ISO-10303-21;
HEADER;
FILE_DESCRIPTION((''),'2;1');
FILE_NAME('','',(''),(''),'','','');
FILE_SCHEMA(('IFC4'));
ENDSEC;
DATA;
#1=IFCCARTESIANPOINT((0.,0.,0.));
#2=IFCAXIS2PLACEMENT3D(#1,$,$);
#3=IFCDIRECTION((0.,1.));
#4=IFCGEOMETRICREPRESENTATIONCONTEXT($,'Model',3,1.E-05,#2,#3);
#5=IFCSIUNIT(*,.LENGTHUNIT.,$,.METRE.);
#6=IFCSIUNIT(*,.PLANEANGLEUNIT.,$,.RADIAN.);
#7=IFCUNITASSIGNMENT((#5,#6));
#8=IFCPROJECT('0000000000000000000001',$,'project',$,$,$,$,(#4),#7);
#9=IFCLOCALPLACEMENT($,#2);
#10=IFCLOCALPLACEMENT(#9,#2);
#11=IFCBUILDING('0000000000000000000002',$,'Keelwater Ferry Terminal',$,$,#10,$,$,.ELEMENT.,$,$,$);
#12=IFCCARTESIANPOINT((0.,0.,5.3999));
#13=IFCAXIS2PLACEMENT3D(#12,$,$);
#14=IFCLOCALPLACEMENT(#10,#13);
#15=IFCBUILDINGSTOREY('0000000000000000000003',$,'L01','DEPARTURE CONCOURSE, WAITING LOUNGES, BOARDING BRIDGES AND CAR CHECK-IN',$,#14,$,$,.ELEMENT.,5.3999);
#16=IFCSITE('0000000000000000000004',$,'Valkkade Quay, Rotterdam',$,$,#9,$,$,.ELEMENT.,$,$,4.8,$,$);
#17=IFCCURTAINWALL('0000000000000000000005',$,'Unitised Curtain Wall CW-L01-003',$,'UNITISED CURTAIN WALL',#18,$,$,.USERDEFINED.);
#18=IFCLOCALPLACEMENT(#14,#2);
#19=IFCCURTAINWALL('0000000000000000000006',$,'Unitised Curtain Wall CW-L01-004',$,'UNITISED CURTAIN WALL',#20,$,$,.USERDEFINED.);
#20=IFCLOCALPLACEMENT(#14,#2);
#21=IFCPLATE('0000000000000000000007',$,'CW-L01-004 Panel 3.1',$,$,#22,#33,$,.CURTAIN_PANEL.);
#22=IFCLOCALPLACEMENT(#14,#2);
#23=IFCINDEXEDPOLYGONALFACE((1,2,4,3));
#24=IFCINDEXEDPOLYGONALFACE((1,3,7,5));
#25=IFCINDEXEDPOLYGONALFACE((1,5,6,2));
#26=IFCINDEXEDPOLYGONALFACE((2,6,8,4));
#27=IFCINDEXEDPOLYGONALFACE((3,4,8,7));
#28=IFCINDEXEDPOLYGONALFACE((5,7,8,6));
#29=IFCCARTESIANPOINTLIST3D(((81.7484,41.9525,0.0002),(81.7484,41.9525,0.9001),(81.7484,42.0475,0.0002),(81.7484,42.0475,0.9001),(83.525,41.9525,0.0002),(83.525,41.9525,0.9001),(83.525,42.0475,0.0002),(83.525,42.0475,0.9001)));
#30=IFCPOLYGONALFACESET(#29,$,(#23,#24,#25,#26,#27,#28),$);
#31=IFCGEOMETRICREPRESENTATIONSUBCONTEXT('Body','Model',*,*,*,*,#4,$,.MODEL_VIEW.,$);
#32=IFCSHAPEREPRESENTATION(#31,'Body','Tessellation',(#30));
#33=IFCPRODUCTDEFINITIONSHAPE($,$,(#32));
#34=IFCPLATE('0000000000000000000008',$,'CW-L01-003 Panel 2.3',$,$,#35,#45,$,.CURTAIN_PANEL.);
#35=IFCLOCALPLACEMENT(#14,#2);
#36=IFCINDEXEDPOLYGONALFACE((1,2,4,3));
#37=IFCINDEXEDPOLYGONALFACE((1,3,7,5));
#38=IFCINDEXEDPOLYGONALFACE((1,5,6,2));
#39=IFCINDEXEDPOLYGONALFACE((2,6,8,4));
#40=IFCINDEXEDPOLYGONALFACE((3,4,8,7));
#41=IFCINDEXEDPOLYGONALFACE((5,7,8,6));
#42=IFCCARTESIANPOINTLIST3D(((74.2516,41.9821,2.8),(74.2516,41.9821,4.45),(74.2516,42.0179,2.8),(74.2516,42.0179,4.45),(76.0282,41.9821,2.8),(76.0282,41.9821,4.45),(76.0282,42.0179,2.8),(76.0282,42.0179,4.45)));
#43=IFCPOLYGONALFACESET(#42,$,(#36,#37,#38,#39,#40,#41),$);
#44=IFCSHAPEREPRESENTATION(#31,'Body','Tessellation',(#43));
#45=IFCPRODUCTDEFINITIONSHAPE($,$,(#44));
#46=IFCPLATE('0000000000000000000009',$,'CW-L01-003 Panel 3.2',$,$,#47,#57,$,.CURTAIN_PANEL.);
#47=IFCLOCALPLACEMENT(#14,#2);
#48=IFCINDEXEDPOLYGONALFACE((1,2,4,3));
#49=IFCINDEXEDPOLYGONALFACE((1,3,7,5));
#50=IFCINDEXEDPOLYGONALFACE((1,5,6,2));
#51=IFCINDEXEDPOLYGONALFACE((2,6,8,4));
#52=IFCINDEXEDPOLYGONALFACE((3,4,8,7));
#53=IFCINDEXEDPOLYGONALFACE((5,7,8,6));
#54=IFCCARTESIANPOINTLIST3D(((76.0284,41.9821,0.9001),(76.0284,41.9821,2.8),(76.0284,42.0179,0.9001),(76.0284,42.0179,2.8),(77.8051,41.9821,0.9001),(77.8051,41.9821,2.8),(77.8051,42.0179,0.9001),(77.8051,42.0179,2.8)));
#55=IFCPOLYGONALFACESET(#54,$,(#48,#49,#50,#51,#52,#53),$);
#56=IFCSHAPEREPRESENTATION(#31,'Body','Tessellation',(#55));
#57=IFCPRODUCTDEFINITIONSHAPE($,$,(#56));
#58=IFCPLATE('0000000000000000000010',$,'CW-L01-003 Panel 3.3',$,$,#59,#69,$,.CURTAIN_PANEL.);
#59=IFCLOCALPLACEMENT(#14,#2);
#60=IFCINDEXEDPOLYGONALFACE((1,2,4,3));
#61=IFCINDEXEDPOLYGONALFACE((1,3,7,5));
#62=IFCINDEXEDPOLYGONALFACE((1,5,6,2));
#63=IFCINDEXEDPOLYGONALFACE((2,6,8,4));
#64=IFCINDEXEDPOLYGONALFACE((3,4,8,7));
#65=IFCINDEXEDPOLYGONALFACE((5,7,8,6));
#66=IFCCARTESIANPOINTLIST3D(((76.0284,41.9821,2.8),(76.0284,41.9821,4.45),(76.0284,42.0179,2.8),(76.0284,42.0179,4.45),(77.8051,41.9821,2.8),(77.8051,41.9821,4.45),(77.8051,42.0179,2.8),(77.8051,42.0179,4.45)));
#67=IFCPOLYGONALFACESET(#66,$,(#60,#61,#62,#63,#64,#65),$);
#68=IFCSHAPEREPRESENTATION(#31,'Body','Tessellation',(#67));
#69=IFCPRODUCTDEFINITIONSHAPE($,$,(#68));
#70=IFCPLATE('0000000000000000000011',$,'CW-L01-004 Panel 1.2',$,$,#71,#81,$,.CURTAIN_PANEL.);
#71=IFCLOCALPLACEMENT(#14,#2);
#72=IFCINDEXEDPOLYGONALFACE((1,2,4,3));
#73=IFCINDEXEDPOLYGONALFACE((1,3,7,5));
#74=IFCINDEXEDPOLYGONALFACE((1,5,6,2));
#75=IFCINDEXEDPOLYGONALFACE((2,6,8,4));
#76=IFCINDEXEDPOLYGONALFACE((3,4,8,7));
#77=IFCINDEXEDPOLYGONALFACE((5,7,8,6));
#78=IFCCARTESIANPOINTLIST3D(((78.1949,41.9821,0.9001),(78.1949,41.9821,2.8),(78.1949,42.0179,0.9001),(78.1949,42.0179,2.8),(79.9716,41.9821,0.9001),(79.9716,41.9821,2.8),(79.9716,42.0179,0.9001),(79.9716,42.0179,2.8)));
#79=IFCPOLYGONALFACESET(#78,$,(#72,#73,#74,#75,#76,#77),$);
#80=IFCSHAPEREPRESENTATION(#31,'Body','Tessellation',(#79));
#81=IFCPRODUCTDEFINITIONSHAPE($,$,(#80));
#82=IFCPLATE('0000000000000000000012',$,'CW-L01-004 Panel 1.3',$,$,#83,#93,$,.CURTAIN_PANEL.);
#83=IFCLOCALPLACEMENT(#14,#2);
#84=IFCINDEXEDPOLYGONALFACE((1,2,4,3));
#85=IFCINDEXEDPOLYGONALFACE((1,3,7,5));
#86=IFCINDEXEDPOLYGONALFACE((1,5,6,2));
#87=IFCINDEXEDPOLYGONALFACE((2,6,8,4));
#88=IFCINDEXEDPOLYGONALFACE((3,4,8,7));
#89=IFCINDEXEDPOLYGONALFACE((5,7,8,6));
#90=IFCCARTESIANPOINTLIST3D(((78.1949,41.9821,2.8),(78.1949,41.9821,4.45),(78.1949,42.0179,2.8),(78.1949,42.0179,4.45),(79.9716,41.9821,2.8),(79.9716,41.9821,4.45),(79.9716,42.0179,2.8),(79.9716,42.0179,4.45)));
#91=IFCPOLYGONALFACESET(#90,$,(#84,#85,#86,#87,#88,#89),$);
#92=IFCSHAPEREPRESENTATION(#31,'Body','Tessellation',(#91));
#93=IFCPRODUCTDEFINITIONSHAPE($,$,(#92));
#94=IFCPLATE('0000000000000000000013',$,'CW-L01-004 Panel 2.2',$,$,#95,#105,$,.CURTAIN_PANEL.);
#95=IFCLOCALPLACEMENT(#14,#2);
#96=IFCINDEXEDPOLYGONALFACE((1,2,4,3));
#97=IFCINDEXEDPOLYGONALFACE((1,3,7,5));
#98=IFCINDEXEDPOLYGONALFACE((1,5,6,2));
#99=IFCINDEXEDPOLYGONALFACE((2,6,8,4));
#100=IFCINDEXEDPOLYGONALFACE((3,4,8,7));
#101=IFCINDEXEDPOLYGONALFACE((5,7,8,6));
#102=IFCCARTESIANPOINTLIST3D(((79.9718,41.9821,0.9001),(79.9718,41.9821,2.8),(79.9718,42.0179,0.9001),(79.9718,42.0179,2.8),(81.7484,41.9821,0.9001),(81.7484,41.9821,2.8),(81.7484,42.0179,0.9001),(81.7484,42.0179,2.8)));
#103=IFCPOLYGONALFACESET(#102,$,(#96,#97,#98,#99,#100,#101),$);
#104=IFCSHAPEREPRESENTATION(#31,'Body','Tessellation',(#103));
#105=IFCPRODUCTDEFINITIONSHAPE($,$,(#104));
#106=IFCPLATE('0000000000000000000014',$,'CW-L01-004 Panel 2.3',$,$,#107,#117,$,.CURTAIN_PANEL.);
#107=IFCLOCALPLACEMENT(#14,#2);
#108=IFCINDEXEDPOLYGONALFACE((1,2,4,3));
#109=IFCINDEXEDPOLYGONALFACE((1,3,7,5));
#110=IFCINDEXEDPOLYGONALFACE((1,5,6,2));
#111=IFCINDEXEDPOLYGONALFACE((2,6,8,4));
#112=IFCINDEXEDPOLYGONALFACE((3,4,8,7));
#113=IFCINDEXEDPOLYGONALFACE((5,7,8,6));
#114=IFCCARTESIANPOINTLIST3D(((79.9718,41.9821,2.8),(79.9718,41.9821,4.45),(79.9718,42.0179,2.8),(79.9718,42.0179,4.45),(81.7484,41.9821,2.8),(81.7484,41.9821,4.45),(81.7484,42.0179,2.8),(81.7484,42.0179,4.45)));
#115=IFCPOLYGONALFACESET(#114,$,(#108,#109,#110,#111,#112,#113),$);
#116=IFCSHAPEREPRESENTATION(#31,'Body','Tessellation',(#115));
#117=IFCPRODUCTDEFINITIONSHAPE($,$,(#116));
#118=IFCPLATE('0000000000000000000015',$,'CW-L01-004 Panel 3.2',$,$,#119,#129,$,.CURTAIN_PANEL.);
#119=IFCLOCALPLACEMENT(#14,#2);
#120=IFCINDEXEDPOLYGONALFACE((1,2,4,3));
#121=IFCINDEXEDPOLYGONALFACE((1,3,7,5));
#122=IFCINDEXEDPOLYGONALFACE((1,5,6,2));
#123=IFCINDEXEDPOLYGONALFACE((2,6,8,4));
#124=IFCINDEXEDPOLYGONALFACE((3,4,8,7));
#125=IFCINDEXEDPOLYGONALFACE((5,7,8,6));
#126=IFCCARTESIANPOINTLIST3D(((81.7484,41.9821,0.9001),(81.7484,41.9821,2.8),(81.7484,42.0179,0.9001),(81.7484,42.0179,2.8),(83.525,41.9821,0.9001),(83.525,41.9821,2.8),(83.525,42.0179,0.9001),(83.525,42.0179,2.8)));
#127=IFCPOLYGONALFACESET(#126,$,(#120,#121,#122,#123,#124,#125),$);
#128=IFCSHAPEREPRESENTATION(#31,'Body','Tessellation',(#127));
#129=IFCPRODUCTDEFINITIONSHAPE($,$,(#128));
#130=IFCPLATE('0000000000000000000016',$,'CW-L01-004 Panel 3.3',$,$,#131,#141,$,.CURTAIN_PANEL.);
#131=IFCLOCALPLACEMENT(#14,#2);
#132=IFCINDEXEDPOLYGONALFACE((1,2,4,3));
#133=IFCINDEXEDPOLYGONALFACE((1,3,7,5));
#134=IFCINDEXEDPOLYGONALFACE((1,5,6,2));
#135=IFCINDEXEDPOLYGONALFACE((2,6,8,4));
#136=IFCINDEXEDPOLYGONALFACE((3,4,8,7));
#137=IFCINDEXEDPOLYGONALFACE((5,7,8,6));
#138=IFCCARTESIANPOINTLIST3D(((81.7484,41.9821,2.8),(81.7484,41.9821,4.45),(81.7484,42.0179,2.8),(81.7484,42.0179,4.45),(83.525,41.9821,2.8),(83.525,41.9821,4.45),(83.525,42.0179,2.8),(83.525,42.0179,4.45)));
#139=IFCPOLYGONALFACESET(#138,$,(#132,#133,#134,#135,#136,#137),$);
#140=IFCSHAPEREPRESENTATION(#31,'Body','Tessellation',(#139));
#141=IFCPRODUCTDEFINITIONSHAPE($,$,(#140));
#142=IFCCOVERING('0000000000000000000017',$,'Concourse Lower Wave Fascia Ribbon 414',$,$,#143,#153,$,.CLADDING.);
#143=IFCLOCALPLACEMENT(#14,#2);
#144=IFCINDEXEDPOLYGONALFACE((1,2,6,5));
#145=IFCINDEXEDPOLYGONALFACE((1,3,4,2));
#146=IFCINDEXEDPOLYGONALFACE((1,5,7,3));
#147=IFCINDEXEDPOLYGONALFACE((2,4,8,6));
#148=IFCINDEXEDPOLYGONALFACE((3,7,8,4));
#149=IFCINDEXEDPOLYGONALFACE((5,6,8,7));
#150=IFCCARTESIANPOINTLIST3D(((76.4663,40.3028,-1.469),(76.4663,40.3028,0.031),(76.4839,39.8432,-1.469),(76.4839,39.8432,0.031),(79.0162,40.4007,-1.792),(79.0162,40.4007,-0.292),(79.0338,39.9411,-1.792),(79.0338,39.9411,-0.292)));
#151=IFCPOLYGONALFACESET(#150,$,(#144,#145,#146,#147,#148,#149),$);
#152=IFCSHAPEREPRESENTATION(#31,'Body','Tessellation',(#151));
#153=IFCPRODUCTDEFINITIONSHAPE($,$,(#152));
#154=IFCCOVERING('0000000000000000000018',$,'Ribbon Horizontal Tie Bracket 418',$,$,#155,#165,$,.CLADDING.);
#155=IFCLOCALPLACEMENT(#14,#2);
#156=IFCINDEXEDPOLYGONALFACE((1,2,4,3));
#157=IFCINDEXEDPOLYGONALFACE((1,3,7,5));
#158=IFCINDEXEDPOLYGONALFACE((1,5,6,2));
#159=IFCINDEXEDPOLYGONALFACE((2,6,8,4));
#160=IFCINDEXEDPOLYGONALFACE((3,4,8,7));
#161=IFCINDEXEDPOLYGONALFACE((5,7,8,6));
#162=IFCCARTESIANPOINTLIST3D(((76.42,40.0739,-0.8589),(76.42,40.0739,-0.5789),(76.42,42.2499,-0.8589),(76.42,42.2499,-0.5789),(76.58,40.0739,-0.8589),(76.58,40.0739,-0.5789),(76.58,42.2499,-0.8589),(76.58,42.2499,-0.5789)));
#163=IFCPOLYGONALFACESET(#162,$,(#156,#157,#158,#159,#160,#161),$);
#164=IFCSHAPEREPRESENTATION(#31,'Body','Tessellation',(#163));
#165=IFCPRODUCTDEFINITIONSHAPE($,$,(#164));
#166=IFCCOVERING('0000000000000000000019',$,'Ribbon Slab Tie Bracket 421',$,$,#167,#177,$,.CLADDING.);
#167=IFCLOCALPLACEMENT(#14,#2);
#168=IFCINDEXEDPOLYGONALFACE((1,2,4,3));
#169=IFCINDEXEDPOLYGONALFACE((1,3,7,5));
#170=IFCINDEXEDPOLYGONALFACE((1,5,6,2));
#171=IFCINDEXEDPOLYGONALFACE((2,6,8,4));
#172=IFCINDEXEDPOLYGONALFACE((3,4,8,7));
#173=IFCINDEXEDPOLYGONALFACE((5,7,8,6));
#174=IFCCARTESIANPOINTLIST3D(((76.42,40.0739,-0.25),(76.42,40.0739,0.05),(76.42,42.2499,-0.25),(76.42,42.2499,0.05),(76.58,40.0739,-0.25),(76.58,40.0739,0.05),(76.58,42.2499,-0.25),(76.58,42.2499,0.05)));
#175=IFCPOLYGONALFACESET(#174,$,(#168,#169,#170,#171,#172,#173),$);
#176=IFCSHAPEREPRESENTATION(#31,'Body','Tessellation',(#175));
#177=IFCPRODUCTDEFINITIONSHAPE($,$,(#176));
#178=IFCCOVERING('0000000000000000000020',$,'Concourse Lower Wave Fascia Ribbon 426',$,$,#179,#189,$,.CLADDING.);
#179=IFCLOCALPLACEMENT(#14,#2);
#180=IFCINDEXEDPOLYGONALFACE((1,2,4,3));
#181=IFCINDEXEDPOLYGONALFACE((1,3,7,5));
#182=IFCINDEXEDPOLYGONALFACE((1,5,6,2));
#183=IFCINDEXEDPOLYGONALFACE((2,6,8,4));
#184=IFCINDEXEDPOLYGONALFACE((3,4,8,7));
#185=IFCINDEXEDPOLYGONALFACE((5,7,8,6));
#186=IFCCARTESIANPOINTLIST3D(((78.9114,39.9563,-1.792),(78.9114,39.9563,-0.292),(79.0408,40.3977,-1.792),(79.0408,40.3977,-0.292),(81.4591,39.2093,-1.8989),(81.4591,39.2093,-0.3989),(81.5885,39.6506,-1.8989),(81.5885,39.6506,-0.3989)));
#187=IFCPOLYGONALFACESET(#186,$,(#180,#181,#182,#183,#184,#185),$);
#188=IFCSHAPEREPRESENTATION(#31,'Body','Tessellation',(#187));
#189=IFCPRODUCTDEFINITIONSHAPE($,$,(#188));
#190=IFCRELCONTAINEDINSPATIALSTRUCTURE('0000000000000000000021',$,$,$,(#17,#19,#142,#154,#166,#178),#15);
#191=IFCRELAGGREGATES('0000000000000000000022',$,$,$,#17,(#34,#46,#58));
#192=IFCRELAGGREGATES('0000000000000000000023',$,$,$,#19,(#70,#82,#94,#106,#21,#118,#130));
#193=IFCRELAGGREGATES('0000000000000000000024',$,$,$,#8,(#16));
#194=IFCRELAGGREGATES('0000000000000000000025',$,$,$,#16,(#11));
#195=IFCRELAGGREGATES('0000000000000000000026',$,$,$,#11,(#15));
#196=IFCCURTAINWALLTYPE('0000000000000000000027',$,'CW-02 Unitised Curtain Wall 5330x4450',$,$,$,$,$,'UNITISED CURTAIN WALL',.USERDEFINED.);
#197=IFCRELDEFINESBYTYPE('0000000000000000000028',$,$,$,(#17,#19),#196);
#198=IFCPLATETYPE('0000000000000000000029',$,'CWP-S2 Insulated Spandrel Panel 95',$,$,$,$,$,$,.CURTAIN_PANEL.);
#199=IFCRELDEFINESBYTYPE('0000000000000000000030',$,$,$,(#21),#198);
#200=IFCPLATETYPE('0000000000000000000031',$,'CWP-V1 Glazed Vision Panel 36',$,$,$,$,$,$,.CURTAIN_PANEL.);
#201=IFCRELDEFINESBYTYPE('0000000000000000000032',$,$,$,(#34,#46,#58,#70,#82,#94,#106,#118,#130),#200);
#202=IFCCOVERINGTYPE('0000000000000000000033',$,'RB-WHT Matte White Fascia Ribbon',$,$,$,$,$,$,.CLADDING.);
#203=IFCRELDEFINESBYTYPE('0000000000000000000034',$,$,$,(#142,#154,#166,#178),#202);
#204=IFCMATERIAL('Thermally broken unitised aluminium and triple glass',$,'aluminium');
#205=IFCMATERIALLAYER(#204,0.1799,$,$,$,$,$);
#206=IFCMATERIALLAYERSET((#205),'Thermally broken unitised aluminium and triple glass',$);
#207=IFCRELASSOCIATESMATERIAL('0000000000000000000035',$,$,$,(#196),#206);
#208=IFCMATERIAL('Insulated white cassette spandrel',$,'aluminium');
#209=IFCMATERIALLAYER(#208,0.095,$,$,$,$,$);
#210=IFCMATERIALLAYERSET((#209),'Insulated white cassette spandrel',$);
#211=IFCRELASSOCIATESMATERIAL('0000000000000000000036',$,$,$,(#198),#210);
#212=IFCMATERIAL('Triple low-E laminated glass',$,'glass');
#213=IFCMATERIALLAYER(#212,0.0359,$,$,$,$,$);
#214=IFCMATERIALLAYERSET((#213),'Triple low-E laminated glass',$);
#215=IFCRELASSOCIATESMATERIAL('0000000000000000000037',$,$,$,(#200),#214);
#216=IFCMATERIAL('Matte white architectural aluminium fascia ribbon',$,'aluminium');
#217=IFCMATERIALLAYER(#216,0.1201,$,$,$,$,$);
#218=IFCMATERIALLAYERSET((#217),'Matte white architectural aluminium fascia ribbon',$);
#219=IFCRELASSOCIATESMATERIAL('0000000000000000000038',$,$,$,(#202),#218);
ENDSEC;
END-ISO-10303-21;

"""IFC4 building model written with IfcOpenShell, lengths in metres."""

from ifc_helpers import new_model, si_unit, direction, frame, frame_2d, origin, origin_2d, place, context, subcontext, project, spatial, polyline, rectangle, outline, extrude, material, layer, layer_set, type_object, element, aggregate, save


model = new_model("IFC4")

# Units and contexts
model_context = context("Model", 3, precision=1e-05, world=origin(), true_north=direction((0.0, 1.0)))
body_context = subcontext(model_context, "Body", "Model", "MODEL_VIEW")
ifc_project = project(units=[si_unit("LENGTHUNIT", "METRE"), si_unit("PLANEANGLEUNIT", "RADIAN")], contexts=[model_context])

# Site, building, storey
site_placement = place(None, origin())
site = spatial("IfcSite", under=ifc_project, at=site_placement, Name="Valkkade Quay, Rotterdam", CompositionType="ELEMENT", RefElevation=4.8)
building_placement = place(site_placement, origin())
building = spatial("IfcBuilding", under=site, at=building_placement, Name="Keelwater Ferry Terminal", CompositionType="ELEMENT")
storey_placement = place(building_placement, frame((0.0, 0.0, 5.3999)))
storey = spatial("IfcBuildingStorey", under=building, at=storey_placement, Name="L01", Description="DEPARTURE CONCOURSE, WAITING LOUNGES, BOARDING BRIDGES AND CAR CHECK-IN", CompositionType="ELEMENT", Elevation=5.3999)

# Curtain walls
ifc_material_1 = material(Name="Thermally broken unitised aluminium and triple glass", Category="aluminium")
ifc_layer_1 = layer(ifc_material_1, 0.1799)
ifc_layer_set_1 = layer_set([ifc_layer_1], Name="Thermally broken unitised aluminium and triple glass")
curtain_wall_type = type_object("IfcCurtainWallType", Name="CW-02 Unitised Curtain Wall 5330x4450", ElementType="UNITISED CURTAIN WALL", PredefinedType="USERDEFINED", material=ifc_layer_set_1)
curtain_wall_1_placement = place(storey_placement, origin())
curtain_wall_1 = element("IfcCurtainWall", 1, at=curtain_wall_1_placement, inside=storey, type_object=curtain_wall_type, Name="Unitised Curtain Wall CW-L01-003", ObjectType="UNITISED CURTAIN WALL", PredefinedType="USERDEFINED")
curtain_wall_2_placement = place(storey_placement, origin())
curtain_wall_2 = element("IfcCurtainWall", 2, at=curtain_wall_2_placement, inside=storey, type_object=curtain_wall_type, Name="Unitised Curtain Wall CW-L01-004", ObjectType="UNITISED CURTAIN WALL", PredefinedType="USERDEFINED")

# Plates
ifc_material_2 = material(Name="Insulated white cassette spandrel", Category="aluminium")
ifc_layer_2 = layer(ifc_material_2, 0.095)
ifc_layer_set_2 = layer_set([ifc_layer_2], Name="Insulated white cassette spandrel")
plate_type_1 = type_object("IfcPlateType", Name="CWP-S2 Insulated Spandrel Panel 95", PredefinedType="CURTAIN_PANEL", material=ifc_layer_set_2)
plate_1_placement = place(storey_placement, frame((82.6367, 42.0, 0.0002), z_axis=(0.0, 0.0, 1.0), x_axis=(1.0, 0.0, 0.0)))
plate_1 = element("IfcPlate", 3, at=plate_1_placement, type_object=plate_type_1, Name="CW-L01-004 Panel 3.1", PredefinedType="CURTAIN_PANEL", context=body_context, shape_type="SweptSolid", body=[
    extrude(rectangle(XDim=1.7766, YDim=0.095, at=origin_2d()), origin(), (0.0, 0.0, 1.0), 0.8999),
])
ifc_material_3 = material(Name="Triple low-E laminated glass", Category="glass")
ifc_layer_3 = layer(ifc_material_3, 0.0359)
ifc_layer_set_3 = layer_set([ifc_layer_3], Name="Triple low-E laminated glass")
plate_type_2 = type_object("IfcPlateType", Name="CWP-V1 Glazed Vision Panel 36", PredefinedType="CURTAIN_PANEL", material=ifc_layer_set_3)
plate_2_placement = place(storey_placement, frame((75.1399, 42.0, 2.8), z_axis=(0.0, 0.0, 1.0), x_axis=(1.0, 0.0, 0.0)))
plate_2 = element("IfcPlate", 4, at=plate_2_placement, type_object=plate_type_2, Name="CW-L01-003 Panel 2.3", PredefinedType="CURTAIN_PANEL", context=body_context, shape_type="SweptSolid", body=[
    extrude(rectangle(XDim=1.7766, YDim=0.0359, at=origin_2d()), origin(), (0.0, 0.0, 1.0), 1.6499),
])
plate_3_placement = place(storey_placement, frame((76.9167, 42.0, 0.9001), z_axis=(0.0, 0.0, 1.0), x_axis=(1.0, 0.0, 0.0)))
plate_3 = element("IfcPlate", 5, at=plate_3_placement, type_object=plate_type_2, Name="CW-L01-003 Panel 3.2", PredefinedType="CURTAIN_PANEL", context=body_context, shape_type="SweptSolid", body=[
    extrude(rectangle(XDim=1.7766, YDim=0.0359, at=origin_2d()), origin(), (0.0, 0.0, 1.0), 1.8999),
])
plate_4_placement = place(storey_placement, frame((76.9167, 42.0, 2.8), z_axis=(0.0, 0.0, 1.0), x_axis=(1.0, 0.0, 0.0)))
plate_4 = element("IfcPlate", 6, at=plate_4_placement, type_object=plate_type_2, Name="CW-L01-003 Panel 3.3", PredefinedType="CURTAIN_PANEL", context=body_context, shape_type="SweptSolid", body=[
    extrude(rectangle(XDim=1.7766, YDim=0.0359, at=origin_2d()), origin(), (0.0, 0.0, 1.0), 1.6499),
])
aggregate(curtain_wall_1, [plate_2, plate_3, plate_4])
plate_5_placement = place(storey_placement, frame((79.0833, 42.0, 0.9001), z_axis=(0.0, 0.0, 1.0), x_axis=(1.0, 0.0, 0.0)))
plate_5 = element("IfcPlate", 7, at=plate_5_placement, type_object=plate_type_2, Name="CW-L01-004 Panel 1.2", PredefinedType="CURTAIN_PANEL", context=body_context, shape_type="SweptSolid", body=[
    extrude(rectangle(XDim=1.7766, YDim=0.0359, at=origin_2d()), origin(), (0.0, 0.0, 1.0), 1.8999),
])
plate_6_placement = place(storey_placement, frame((79.0833, 42.0, 2.8), z_axis=(0.0, 0.0, 1.0), x_axis=(1.0, 0.0, 0.0)))
plate_6 = element("IfcPlate", 8, at=plate_6_placement, type_object=plate_type_2, Name="CW-L01-004 Panel 1.3", PredefinedType="CURTAIN_PANEL", context=body_context, shape_type="SweptSolid", body=[
    extrude(rectangle(XDim=1.7766, YDim=0.0359, at=origin_2d()), origin(), (0.0, 0.0, 1.0), 1.6499),
])
plate_7_placement = place(storey_placement, frame((80.8601, 42.0, 0.9001), z_axis=(0.0, 0.0, 1.0), x_axis=(1.0, 0.0, 0.0)))
plate_7 = element("IfcPlate", 9, at=plate_7_placement, type_object=plate_type_2, Name="CW-L01-004 Panel 2.2", PredefinedType="CURTAIN_PANEL", context=body_context, shape_type="SweptSolid", body=[
    extrude(rectangle(XDim=1.7766, YDim=0.0359, at=origin_2d()), origin(), (0.0, 0.0, 1.0), 1.8999),
])
plate_8_placement = place(storey_placement, frame((80.8601, 42.0, 2.8), z_axis=(0.0, 0.0, 1.0), x_axis=(1.0, 0.0, 0.0)))
plate_8 = element("IfcPlate", 10, at=plate_8_placement, type_object=plate_type_2, Name="CW-L01-004 Panel 2.3", PredefinedType="CURTAIN_PANEL", context=body_context, shape_type="SweptSolid", body=[
    extrude(rectangle(XDim=1.7766, YDim=0.0359, at=origin_2d()), origin(), (0.0, 0.0, 1.0), 1.6499),
])
plate_9_placement = place(storey_placement, frame((82.6367, 42.0, 0.9001), z_axis=(0.0, 0.0, 1.0), x_axis=(1.0, 0.0, 0.0)))
plate_9 = element("IfcPlate", 11, at=plate_9_placement, type_object=plate_type_2, Name="CW-L01-004 Panel 3.2", PredefinedType="CURTAIN_PANEL", context=body_context, shape_type="SweptSolid", body=[
    extrude(rectangle(XDim=1.7766, YDim=0.0359, at=origin_2d()), origin(), (0.0, 0.0, 1.0), 1.8999),
])
plate_10_placement = place(storey_placement, frame((82.6367, 42.0, 2.8), z_axis=(0.0, 0.0, 1.0), x_axis=(1.0, 0.0, 0.0)))
plate_10 = element("IfcPlate", 12, at=plate_10_placement, type_object=plate_type_2, Name="CW-L01-004 Panel 3.3", PredefinedType="CURTAIN_PANEL", context=body_context, shape_type="SweptSolid", body=[
    extrude(rectangle(XDim=1.7766, YDim=0.0359, at=origin_2d()), origin(), (0.0, 0.0, 1.0), 1.6499),
])
aggregate(curtain_wall_2, [plate_5, plate_6, plate_7, plate_8, plate_1, plate_9, plate_10])

# Coverings
ifc_material_4 = material(Name="Matte white architectural aluminium fascia ribbon", Category="aluminium")
ifc_layer_4 = layer(ifc_material_4, 0.1201)
ifc_layer_set_4 = layer_set([ifc_layer_4], Name="Matte white architectural aluminium fascia ribbon")
covering_type = type_object("IfcCoveringType", Name="RB-WHT Matte White Fascia Ribbon", PredefinedType="CLADDING", material=ifc_layer_set_4)
covering_1_placement = place(storey_placement, frame((76.4751, 40.073, -1.792), z_axis=(0.0, 0.0, 1.0), x_axis=(0.999264, 0.038367, 0.0)))
element("IfcCovering", 13, at=covering_1_placement, inside=storey, type_object=covering_type, Name="Concourse Lower Wave Fascia Ribbon 414", PredefinedType="CLADDING", context=body_context, shape_type="SweptSolid", body=[
    extrude(outline(polyline([(0.0, 0.323), (2.5518, 0.0), (2.5518, 1.5), (0.0, 1.823), (0.0, 0.323)])), frame((0.0, 0.23, 0.0), z_axis=(0.0, -1.0, 0.0), x_axis=(1.0, 0.0, 0.0)), (0.0, 0.0, 1.0), 0.46),
])
covering_2_placement = place(storey_placement, frame((76.5, 40.074, -0.8589), z_axis=(0.0, 0.0, 1.0), x_axis=(0.0, 1.0, 0.0)))
element("IfcCovering", 14, at=covering_2_placement, inside=storey, type_object=covering_type, Name="Ribbon Horizontal Tie Bracket 418", PredefinedType="CLADDING", context=body_context, shape_type="SweptSolid", body=[
    extrude(rectangle(XDim=2.176, YDim=0.1599, at=frame_2d((1.0879, 0.0))), origin(), (0.0, 0.0, 1.0), 0.28),
])
covering_3_placement = place(storey_placement, frame((76.5, 40.074, -0.25), z_axis=(0.0, 0.0, 1.0), x_axis=(0.0, 1.0, 0.0)))
element("IfcCovering", 15, at=covering_3_placement, inside=storey, type_object=covering_type, Name="Ribbon Slab Tie Bracket 421", PredefinedType="CLADDING", context=body_context, shape_type="SweptSolid", body=[
    extrude(rectangle(XDim=2.176, YDim=0.1599, at=frame_2d((1.0879, 0.0))), origin(), (0.0, 0.0, 1.0), 0.3),
])
covering_4_placement = place(storey_placement, frame((78.9761, 40.177, -1.8989), z_axis=(0.0, 0.0, 1.0), x_axis=(0.959599, -0.28137, 0.0)))
element("IfcCovering", 16, at=covering_4_placement, inside=storey, type_object=covering_type, Name="Concourse Lower Wave Fascia Ribbon 426", PredefinedType="CLADDING", context=body_context, shape_type="SweptSolid", body=[
    extrude(outline(polyline([(0.0, 0.1069), (2.655, 0.0), (2.655, 1.5), (0.0, 1.6069), (0.0, 0.1069)])), frame((0.0, 0.23, 0.0), z_axis=(0.0, -1.0, 0.0), x_axis=(1.0, 0.0, 0.0)), (0.0, 0.0, 1.0), 0.46),
])

save(model, "model.ifc")
